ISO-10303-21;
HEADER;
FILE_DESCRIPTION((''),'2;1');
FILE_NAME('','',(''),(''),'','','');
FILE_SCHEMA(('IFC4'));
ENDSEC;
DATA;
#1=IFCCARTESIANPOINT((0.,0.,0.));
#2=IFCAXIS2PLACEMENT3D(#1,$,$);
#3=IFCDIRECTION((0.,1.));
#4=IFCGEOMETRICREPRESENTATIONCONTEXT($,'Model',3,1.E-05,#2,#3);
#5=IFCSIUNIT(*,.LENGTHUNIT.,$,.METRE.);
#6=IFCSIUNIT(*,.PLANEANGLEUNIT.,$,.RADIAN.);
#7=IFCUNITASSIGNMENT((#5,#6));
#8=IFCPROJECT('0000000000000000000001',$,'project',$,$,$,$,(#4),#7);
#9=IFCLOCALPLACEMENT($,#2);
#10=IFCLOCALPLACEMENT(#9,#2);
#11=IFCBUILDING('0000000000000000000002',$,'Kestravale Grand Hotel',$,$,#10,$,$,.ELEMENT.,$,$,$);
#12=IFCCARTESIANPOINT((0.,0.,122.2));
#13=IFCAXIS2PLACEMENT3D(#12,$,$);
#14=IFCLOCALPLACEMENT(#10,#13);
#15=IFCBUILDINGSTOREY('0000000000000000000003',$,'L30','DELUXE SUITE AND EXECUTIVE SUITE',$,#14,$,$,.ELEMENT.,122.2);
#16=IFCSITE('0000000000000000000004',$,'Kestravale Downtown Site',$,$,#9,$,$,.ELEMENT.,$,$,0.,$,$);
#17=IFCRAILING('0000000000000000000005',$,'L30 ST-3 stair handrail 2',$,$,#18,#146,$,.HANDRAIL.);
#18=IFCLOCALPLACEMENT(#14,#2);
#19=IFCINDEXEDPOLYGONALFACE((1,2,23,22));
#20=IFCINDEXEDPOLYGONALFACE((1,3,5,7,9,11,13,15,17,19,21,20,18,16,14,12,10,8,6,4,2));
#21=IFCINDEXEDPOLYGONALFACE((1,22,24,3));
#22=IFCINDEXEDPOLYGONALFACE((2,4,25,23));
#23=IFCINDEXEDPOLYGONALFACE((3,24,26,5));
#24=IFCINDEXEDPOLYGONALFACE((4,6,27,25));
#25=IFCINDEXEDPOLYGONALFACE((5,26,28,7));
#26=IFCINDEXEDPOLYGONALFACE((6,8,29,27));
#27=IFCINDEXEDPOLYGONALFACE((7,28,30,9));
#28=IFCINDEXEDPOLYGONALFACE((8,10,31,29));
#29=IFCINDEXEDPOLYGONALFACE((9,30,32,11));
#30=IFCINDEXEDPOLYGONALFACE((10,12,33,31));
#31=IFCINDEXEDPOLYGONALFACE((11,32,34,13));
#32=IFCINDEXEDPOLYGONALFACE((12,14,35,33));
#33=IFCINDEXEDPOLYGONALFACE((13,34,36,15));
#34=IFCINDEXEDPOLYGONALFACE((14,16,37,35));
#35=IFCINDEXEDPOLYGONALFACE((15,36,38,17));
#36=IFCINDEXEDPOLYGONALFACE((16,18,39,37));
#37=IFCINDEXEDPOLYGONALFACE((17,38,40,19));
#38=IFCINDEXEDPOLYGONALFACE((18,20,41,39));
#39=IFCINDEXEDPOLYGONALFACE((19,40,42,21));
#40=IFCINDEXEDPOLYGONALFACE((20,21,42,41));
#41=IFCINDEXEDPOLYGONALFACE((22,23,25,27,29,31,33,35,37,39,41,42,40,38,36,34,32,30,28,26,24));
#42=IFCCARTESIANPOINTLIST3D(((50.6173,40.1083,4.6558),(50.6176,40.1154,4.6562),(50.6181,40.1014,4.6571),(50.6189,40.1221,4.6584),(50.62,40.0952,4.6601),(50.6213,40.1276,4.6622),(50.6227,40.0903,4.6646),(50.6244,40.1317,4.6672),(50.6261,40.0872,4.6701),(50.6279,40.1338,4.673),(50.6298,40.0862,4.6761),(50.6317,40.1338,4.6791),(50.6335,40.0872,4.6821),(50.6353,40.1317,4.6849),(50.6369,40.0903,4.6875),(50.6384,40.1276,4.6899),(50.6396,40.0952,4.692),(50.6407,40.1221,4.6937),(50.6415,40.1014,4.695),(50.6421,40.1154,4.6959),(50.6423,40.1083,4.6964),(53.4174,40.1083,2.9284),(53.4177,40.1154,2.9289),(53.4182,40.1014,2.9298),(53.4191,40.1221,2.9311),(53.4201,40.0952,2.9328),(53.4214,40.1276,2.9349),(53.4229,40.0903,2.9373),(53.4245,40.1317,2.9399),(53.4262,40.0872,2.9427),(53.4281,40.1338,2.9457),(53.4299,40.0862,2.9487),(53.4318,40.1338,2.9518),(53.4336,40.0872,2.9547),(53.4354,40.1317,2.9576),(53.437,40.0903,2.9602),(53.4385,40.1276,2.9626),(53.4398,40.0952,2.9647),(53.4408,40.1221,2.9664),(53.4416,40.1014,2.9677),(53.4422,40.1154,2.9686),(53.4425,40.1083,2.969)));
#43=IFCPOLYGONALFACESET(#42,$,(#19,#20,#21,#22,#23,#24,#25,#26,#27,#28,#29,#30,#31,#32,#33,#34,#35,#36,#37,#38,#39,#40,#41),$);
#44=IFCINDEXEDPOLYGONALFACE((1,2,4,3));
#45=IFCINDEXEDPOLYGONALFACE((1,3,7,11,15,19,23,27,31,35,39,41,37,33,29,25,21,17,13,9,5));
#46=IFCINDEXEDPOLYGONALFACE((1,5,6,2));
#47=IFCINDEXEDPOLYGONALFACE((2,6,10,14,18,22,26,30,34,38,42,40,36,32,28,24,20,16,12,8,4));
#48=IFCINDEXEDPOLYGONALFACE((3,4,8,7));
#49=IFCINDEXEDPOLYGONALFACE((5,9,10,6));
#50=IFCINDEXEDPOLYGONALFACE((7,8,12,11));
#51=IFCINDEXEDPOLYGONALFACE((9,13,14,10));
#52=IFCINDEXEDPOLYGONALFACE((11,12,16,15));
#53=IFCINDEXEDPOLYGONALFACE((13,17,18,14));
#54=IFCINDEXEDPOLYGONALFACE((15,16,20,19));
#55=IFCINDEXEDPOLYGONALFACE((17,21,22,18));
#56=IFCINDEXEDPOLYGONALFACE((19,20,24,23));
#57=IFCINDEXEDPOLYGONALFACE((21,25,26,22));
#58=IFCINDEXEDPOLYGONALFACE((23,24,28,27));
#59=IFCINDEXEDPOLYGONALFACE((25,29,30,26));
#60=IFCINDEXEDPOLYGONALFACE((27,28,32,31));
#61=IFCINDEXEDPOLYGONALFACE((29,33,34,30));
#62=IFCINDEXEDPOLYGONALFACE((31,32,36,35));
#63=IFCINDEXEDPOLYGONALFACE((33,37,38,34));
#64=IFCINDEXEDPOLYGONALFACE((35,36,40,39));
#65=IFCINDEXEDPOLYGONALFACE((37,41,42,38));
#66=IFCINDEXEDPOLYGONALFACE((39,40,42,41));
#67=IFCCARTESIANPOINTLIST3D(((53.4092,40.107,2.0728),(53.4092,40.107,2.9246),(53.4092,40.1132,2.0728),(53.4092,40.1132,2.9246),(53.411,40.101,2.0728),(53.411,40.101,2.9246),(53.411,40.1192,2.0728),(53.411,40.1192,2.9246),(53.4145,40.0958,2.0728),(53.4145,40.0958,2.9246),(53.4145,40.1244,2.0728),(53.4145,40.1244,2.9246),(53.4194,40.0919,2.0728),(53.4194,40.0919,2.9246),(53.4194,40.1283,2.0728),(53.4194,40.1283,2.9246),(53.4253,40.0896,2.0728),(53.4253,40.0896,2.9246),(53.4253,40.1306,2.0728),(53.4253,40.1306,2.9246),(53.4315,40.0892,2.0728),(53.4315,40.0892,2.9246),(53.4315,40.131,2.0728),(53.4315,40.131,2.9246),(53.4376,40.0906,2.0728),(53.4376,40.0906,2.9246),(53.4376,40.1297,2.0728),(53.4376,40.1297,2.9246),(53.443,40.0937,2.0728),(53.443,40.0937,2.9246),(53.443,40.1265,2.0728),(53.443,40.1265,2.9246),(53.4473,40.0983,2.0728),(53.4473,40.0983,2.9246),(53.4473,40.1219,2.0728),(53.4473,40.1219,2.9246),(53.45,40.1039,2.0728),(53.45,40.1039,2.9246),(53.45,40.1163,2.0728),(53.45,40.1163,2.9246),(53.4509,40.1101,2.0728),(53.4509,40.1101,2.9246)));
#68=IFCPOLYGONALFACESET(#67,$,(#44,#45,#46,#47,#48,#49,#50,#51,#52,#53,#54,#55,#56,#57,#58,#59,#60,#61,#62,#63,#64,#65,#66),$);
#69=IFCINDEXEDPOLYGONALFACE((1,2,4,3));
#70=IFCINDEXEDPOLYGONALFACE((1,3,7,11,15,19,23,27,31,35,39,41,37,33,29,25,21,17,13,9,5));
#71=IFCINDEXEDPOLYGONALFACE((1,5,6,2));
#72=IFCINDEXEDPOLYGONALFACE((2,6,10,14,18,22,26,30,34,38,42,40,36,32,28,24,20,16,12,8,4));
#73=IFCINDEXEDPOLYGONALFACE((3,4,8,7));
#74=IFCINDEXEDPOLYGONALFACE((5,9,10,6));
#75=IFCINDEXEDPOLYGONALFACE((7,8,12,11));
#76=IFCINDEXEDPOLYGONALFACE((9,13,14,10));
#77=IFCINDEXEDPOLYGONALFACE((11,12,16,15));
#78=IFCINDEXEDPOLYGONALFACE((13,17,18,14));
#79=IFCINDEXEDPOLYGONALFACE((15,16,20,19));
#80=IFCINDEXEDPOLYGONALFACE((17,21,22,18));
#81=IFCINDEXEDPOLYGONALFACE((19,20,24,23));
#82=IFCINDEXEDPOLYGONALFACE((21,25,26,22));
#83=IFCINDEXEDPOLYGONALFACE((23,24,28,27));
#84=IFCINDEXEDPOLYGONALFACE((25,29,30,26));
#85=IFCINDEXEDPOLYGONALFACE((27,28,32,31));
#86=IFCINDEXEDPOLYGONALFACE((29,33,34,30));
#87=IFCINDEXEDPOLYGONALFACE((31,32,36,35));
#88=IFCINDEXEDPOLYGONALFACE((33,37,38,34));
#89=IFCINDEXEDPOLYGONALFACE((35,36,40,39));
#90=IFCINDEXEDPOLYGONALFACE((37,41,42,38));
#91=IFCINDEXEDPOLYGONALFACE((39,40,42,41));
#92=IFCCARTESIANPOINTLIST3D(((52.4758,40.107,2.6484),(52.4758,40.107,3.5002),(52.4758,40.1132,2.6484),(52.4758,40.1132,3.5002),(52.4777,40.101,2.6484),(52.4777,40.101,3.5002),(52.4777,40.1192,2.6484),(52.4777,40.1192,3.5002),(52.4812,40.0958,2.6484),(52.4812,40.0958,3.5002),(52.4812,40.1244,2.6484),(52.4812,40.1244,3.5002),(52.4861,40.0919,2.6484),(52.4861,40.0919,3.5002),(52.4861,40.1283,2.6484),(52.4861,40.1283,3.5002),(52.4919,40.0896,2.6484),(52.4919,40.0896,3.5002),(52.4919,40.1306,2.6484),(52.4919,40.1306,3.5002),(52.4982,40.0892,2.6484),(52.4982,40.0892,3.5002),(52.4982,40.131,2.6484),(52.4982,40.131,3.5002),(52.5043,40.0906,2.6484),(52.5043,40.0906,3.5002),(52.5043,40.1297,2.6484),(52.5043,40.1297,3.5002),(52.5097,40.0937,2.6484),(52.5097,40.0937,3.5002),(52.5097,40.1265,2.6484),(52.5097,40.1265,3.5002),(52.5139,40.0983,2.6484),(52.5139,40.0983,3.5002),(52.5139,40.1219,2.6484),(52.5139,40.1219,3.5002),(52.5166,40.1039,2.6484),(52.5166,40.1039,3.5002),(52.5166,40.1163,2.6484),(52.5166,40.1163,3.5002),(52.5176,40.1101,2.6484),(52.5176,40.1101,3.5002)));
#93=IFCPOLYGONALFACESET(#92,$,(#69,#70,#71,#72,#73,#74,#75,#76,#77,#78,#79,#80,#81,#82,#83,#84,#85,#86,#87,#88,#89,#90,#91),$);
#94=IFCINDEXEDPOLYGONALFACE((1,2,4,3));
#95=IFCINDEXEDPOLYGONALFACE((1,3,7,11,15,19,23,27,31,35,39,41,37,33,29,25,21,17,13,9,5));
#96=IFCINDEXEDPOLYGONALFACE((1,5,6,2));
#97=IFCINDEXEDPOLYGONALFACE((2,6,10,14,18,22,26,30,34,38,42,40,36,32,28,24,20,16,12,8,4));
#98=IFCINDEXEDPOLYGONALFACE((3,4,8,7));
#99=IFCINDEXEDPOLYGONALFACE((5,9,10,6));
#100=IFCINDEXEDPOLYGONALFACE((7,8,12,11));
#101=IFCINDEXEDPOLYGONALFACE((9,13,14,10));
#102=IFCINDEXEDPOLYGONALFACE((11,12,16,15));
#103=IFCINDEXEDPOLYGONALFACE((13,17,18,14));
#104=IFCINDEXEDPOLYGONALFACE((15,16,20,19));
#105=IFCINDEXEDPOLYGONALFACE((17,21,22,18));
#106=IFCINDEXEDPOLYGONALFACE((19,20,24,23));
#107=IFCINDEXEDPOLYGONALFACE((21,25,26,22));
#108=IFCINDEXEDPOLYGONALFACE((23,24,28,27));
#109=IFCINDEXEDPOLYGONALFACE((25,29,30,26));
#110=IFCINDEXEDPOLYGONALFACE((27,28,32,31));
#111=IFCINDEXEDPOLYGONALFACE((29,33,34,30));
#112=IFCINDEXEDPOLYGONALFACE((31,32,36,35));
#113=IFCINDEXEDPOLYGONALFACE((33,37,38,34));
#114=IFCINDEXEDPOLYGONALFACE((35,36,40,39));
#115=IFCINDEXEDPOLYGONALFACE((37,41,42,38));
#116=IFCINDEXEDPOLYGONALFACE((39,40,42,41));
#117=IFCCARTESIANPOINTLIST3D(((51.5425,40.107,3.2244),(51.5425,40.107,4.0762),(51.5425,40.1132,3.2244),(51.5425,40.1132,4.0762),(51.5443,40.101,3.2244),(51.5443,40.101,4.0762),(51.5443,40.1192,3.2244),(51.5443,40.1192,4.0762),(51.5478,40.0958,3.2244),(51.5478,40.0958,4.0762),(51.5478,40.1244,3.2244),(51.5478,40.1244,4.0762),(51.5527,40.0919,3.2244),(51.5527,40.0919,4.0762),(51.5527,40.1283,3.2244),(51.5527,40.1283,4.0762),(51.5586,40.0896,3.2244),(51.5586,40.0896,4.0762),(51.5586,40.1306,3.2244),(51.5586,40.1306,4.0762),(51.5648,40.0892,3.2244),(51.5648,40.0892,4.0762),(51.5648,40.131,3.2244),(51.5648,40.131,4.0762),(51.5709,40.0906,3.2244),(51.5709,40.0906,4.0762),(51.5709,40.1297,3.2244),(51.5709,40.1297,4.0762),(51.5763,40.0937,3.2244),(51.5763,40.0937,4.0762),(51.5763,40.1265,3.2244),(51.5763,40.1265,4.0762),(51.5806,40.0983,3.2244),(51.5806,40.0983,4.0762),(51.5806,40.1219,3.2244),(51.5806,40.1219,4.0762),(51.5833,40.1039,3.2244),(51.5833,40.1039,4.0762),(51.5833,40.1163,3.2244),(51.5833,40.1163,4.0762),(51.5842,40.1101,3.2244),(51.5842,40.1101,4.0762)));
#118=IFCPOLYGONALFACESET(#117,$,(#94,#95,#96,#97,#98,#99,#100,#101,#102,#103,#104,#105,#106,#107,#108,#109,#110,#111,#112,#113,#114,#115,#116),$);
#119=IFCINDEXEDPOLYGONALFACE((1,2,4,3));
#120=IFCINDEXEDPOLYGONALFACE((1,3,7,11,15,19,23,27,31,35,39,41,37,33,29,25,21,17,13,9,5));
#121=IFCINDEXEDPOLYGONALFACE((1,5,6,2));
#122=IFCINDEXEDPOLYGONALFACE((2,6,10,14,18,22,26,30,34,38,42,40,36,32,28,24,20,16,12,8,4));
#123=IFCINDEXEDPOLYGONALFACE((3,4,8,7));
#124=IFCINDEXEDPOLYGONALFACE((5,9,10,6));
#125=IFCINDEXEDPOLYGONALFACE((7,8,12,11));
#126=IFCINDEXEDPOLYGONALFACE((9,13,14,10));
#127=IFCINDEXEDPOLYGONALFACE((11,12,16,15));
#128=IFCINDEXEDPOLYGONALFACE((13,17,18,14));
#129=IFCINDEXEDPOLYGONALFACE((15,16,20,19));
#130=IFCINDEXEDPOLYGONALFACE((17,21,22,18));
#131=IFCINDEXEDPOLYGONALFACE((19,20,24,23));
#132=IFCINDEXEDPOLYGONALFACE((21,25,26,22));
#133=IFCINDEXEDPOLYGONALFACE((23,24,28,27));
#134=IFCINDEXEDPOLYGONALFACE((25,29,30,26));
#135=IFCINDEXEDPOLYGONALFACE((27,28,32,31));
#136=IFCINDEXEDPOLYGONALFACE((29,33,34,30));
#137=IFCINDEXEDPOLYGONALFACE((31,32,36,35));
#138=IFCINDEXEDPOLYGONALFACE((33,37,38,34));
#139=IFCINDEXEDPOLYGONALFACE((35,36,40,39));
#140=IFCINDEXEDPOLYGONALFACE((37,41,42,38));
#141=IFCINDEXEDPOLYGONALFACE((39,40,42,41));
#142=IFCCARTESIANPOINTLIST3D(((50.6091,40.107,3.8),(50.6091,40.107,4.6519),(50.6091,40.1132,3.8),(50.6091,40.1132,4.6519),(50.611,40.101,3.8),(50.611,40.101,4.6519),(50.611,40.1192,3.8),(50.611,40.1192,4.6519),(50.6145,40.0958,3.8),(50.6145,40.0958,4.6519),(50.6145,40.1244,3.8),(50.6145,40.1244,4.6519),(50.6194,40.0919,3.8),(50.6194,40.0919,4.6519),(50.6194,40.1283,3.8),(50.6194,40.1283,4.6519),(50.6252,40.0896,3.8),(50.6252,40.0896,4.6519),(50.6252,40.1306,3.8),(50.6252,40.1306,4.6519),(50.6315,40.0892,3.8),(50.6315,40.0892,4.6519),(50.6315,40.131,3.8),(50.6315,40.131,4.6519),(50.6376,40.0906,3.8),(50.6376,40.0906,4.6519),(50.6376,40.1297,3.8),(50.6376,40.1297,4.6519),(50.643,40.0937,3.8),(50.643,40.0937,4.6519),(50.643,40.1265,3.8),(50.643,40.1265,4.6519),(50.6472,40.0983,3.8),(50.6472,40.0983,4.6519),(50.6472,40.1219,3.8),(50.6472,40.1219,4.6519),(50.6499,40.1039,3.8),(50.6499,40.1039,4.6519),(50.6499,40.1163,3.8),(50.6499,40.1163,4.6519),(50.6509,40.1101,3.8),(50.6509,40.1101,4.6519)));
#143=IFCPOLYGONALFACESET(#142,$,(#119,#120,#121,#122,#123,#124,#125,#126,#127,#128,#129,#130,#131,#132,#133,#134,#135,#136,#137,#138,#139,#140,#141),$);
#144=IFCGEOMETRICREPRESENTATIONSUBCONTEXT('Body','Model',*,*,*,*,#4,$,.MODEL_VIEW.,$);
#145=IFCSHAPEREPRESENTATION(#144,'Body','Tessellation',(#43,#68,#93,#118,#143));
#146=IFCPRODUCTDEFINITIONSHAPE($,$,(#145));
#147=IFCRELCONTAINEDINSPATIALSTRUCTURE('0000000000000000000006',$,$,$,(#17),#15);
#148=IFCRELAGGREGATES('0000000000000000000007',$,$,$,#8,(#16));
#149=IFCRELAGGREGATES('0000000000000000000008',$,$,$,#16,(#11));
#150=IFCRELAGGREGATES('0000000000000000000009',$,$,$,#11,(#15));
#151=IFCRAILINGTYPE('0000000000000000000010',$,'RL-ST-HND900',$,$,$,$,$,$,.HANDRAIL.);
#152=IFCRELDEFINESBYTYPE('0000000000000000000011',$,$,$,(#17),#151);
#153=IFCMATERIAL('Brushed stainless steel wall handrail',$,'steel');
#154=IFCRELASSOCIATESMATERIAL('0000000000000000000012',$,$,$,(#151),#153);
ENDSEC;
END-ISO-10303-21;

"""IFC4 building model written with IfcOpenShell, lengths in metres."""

from ifc_helpers import new_model, si_unit, direction, frame, origin, origin_2d, place, context, subcontext, project, spatial, circle, extrude, material, type_object, element, save


model = new_model("IFC4")

# Units and contexts
model_context = context("Model", 3, precision=1e-05, world=origin(), true_north=direction((0.0, 1.0)))
body_context = subcontext(model_context, "Body", "Model", "MODEL_VIEW")
ifc_project = project(units=[si_unit("LENGTHUNIT", "METRE"), si_unit("PLANEANGLEUNIT", "RADIAN")], contexts=[model_context])

# Site, building, storey
site_placement = place(None, origin())
site = spatial("IfcSite", under=ifc_project, at=site_placement, Name="Kestravale Downtown Site", CompositionType="ELEMENT", RefElevation=0.0)
building_placement = place(site_placement, origin())
building = spatial("IfcBuilding", under=site, at=building_placement, Name="Kestravale Grand Hotel", CompositionType="ELEMENT")
storey_placement = place(building_placement, frame((0.0, 0.0, 122.2)))
storey = spatial("IfcBuildingStorey", under=building, at=storey_placement, Name="L30", Description="DELUXE SUITE AND EXECUTIVE SUITE", CompositionType="ELEMENT", Elevation=122.2)

# Railing
ifc_material_1 = material(Name="Brushed stainless steel wall handrail", Category="steel")
railing_type_1 = type_object("IfcRailingType", Name="RL-ST-HND900", PredefinedType="HANDRAIL", material=ifc_material_1)
railing_1_placement = place(storey_placement, frame((53.4299, 40.1101, 2.0728)))
element("IfcRailing", 1, at=railing_1_placement, inside=storey, type_object=railing_type_1, Name="L30 ST-3 stair handrail 2", PredefinedType="HANDRAIL", context=body_context, shape_type="SweptSolid", body=[
    extrude(circle(Radius=0.0239, at=origin_2d()), frame((0.0, 0.0, 0.876), z_axis=(-0.85109, 0.0, 0.52502), x_axis=(0.0, -1.0, 0.0)), (0.0, 0.0, 1.0), 3.29),
    extrude(circle(Radius=0.021, at=origin_2d()), origin(), (0.0, 0.0, 1.0), 0.8518),
    extrude(circle(Radius=0.021, at=origin_2d()), frame((-0.9333, 0.0, 0.5757)), (0.0, 0.0, 1.0), 0.8518),
    extrude(circle(Radius=0.021, at=origin_2d()), frame((-1.8667, 0.0, 1.1516)), (0.0, 0.0, 1.0), 0.8518),
    extrude(circle(Radius=0.021, at=origin_2d()), frame((-2.8, 0.0, 1.7273)), (0.0, 0.0, 1.0), 0.8518),
])

save(model, "model.ifc")
